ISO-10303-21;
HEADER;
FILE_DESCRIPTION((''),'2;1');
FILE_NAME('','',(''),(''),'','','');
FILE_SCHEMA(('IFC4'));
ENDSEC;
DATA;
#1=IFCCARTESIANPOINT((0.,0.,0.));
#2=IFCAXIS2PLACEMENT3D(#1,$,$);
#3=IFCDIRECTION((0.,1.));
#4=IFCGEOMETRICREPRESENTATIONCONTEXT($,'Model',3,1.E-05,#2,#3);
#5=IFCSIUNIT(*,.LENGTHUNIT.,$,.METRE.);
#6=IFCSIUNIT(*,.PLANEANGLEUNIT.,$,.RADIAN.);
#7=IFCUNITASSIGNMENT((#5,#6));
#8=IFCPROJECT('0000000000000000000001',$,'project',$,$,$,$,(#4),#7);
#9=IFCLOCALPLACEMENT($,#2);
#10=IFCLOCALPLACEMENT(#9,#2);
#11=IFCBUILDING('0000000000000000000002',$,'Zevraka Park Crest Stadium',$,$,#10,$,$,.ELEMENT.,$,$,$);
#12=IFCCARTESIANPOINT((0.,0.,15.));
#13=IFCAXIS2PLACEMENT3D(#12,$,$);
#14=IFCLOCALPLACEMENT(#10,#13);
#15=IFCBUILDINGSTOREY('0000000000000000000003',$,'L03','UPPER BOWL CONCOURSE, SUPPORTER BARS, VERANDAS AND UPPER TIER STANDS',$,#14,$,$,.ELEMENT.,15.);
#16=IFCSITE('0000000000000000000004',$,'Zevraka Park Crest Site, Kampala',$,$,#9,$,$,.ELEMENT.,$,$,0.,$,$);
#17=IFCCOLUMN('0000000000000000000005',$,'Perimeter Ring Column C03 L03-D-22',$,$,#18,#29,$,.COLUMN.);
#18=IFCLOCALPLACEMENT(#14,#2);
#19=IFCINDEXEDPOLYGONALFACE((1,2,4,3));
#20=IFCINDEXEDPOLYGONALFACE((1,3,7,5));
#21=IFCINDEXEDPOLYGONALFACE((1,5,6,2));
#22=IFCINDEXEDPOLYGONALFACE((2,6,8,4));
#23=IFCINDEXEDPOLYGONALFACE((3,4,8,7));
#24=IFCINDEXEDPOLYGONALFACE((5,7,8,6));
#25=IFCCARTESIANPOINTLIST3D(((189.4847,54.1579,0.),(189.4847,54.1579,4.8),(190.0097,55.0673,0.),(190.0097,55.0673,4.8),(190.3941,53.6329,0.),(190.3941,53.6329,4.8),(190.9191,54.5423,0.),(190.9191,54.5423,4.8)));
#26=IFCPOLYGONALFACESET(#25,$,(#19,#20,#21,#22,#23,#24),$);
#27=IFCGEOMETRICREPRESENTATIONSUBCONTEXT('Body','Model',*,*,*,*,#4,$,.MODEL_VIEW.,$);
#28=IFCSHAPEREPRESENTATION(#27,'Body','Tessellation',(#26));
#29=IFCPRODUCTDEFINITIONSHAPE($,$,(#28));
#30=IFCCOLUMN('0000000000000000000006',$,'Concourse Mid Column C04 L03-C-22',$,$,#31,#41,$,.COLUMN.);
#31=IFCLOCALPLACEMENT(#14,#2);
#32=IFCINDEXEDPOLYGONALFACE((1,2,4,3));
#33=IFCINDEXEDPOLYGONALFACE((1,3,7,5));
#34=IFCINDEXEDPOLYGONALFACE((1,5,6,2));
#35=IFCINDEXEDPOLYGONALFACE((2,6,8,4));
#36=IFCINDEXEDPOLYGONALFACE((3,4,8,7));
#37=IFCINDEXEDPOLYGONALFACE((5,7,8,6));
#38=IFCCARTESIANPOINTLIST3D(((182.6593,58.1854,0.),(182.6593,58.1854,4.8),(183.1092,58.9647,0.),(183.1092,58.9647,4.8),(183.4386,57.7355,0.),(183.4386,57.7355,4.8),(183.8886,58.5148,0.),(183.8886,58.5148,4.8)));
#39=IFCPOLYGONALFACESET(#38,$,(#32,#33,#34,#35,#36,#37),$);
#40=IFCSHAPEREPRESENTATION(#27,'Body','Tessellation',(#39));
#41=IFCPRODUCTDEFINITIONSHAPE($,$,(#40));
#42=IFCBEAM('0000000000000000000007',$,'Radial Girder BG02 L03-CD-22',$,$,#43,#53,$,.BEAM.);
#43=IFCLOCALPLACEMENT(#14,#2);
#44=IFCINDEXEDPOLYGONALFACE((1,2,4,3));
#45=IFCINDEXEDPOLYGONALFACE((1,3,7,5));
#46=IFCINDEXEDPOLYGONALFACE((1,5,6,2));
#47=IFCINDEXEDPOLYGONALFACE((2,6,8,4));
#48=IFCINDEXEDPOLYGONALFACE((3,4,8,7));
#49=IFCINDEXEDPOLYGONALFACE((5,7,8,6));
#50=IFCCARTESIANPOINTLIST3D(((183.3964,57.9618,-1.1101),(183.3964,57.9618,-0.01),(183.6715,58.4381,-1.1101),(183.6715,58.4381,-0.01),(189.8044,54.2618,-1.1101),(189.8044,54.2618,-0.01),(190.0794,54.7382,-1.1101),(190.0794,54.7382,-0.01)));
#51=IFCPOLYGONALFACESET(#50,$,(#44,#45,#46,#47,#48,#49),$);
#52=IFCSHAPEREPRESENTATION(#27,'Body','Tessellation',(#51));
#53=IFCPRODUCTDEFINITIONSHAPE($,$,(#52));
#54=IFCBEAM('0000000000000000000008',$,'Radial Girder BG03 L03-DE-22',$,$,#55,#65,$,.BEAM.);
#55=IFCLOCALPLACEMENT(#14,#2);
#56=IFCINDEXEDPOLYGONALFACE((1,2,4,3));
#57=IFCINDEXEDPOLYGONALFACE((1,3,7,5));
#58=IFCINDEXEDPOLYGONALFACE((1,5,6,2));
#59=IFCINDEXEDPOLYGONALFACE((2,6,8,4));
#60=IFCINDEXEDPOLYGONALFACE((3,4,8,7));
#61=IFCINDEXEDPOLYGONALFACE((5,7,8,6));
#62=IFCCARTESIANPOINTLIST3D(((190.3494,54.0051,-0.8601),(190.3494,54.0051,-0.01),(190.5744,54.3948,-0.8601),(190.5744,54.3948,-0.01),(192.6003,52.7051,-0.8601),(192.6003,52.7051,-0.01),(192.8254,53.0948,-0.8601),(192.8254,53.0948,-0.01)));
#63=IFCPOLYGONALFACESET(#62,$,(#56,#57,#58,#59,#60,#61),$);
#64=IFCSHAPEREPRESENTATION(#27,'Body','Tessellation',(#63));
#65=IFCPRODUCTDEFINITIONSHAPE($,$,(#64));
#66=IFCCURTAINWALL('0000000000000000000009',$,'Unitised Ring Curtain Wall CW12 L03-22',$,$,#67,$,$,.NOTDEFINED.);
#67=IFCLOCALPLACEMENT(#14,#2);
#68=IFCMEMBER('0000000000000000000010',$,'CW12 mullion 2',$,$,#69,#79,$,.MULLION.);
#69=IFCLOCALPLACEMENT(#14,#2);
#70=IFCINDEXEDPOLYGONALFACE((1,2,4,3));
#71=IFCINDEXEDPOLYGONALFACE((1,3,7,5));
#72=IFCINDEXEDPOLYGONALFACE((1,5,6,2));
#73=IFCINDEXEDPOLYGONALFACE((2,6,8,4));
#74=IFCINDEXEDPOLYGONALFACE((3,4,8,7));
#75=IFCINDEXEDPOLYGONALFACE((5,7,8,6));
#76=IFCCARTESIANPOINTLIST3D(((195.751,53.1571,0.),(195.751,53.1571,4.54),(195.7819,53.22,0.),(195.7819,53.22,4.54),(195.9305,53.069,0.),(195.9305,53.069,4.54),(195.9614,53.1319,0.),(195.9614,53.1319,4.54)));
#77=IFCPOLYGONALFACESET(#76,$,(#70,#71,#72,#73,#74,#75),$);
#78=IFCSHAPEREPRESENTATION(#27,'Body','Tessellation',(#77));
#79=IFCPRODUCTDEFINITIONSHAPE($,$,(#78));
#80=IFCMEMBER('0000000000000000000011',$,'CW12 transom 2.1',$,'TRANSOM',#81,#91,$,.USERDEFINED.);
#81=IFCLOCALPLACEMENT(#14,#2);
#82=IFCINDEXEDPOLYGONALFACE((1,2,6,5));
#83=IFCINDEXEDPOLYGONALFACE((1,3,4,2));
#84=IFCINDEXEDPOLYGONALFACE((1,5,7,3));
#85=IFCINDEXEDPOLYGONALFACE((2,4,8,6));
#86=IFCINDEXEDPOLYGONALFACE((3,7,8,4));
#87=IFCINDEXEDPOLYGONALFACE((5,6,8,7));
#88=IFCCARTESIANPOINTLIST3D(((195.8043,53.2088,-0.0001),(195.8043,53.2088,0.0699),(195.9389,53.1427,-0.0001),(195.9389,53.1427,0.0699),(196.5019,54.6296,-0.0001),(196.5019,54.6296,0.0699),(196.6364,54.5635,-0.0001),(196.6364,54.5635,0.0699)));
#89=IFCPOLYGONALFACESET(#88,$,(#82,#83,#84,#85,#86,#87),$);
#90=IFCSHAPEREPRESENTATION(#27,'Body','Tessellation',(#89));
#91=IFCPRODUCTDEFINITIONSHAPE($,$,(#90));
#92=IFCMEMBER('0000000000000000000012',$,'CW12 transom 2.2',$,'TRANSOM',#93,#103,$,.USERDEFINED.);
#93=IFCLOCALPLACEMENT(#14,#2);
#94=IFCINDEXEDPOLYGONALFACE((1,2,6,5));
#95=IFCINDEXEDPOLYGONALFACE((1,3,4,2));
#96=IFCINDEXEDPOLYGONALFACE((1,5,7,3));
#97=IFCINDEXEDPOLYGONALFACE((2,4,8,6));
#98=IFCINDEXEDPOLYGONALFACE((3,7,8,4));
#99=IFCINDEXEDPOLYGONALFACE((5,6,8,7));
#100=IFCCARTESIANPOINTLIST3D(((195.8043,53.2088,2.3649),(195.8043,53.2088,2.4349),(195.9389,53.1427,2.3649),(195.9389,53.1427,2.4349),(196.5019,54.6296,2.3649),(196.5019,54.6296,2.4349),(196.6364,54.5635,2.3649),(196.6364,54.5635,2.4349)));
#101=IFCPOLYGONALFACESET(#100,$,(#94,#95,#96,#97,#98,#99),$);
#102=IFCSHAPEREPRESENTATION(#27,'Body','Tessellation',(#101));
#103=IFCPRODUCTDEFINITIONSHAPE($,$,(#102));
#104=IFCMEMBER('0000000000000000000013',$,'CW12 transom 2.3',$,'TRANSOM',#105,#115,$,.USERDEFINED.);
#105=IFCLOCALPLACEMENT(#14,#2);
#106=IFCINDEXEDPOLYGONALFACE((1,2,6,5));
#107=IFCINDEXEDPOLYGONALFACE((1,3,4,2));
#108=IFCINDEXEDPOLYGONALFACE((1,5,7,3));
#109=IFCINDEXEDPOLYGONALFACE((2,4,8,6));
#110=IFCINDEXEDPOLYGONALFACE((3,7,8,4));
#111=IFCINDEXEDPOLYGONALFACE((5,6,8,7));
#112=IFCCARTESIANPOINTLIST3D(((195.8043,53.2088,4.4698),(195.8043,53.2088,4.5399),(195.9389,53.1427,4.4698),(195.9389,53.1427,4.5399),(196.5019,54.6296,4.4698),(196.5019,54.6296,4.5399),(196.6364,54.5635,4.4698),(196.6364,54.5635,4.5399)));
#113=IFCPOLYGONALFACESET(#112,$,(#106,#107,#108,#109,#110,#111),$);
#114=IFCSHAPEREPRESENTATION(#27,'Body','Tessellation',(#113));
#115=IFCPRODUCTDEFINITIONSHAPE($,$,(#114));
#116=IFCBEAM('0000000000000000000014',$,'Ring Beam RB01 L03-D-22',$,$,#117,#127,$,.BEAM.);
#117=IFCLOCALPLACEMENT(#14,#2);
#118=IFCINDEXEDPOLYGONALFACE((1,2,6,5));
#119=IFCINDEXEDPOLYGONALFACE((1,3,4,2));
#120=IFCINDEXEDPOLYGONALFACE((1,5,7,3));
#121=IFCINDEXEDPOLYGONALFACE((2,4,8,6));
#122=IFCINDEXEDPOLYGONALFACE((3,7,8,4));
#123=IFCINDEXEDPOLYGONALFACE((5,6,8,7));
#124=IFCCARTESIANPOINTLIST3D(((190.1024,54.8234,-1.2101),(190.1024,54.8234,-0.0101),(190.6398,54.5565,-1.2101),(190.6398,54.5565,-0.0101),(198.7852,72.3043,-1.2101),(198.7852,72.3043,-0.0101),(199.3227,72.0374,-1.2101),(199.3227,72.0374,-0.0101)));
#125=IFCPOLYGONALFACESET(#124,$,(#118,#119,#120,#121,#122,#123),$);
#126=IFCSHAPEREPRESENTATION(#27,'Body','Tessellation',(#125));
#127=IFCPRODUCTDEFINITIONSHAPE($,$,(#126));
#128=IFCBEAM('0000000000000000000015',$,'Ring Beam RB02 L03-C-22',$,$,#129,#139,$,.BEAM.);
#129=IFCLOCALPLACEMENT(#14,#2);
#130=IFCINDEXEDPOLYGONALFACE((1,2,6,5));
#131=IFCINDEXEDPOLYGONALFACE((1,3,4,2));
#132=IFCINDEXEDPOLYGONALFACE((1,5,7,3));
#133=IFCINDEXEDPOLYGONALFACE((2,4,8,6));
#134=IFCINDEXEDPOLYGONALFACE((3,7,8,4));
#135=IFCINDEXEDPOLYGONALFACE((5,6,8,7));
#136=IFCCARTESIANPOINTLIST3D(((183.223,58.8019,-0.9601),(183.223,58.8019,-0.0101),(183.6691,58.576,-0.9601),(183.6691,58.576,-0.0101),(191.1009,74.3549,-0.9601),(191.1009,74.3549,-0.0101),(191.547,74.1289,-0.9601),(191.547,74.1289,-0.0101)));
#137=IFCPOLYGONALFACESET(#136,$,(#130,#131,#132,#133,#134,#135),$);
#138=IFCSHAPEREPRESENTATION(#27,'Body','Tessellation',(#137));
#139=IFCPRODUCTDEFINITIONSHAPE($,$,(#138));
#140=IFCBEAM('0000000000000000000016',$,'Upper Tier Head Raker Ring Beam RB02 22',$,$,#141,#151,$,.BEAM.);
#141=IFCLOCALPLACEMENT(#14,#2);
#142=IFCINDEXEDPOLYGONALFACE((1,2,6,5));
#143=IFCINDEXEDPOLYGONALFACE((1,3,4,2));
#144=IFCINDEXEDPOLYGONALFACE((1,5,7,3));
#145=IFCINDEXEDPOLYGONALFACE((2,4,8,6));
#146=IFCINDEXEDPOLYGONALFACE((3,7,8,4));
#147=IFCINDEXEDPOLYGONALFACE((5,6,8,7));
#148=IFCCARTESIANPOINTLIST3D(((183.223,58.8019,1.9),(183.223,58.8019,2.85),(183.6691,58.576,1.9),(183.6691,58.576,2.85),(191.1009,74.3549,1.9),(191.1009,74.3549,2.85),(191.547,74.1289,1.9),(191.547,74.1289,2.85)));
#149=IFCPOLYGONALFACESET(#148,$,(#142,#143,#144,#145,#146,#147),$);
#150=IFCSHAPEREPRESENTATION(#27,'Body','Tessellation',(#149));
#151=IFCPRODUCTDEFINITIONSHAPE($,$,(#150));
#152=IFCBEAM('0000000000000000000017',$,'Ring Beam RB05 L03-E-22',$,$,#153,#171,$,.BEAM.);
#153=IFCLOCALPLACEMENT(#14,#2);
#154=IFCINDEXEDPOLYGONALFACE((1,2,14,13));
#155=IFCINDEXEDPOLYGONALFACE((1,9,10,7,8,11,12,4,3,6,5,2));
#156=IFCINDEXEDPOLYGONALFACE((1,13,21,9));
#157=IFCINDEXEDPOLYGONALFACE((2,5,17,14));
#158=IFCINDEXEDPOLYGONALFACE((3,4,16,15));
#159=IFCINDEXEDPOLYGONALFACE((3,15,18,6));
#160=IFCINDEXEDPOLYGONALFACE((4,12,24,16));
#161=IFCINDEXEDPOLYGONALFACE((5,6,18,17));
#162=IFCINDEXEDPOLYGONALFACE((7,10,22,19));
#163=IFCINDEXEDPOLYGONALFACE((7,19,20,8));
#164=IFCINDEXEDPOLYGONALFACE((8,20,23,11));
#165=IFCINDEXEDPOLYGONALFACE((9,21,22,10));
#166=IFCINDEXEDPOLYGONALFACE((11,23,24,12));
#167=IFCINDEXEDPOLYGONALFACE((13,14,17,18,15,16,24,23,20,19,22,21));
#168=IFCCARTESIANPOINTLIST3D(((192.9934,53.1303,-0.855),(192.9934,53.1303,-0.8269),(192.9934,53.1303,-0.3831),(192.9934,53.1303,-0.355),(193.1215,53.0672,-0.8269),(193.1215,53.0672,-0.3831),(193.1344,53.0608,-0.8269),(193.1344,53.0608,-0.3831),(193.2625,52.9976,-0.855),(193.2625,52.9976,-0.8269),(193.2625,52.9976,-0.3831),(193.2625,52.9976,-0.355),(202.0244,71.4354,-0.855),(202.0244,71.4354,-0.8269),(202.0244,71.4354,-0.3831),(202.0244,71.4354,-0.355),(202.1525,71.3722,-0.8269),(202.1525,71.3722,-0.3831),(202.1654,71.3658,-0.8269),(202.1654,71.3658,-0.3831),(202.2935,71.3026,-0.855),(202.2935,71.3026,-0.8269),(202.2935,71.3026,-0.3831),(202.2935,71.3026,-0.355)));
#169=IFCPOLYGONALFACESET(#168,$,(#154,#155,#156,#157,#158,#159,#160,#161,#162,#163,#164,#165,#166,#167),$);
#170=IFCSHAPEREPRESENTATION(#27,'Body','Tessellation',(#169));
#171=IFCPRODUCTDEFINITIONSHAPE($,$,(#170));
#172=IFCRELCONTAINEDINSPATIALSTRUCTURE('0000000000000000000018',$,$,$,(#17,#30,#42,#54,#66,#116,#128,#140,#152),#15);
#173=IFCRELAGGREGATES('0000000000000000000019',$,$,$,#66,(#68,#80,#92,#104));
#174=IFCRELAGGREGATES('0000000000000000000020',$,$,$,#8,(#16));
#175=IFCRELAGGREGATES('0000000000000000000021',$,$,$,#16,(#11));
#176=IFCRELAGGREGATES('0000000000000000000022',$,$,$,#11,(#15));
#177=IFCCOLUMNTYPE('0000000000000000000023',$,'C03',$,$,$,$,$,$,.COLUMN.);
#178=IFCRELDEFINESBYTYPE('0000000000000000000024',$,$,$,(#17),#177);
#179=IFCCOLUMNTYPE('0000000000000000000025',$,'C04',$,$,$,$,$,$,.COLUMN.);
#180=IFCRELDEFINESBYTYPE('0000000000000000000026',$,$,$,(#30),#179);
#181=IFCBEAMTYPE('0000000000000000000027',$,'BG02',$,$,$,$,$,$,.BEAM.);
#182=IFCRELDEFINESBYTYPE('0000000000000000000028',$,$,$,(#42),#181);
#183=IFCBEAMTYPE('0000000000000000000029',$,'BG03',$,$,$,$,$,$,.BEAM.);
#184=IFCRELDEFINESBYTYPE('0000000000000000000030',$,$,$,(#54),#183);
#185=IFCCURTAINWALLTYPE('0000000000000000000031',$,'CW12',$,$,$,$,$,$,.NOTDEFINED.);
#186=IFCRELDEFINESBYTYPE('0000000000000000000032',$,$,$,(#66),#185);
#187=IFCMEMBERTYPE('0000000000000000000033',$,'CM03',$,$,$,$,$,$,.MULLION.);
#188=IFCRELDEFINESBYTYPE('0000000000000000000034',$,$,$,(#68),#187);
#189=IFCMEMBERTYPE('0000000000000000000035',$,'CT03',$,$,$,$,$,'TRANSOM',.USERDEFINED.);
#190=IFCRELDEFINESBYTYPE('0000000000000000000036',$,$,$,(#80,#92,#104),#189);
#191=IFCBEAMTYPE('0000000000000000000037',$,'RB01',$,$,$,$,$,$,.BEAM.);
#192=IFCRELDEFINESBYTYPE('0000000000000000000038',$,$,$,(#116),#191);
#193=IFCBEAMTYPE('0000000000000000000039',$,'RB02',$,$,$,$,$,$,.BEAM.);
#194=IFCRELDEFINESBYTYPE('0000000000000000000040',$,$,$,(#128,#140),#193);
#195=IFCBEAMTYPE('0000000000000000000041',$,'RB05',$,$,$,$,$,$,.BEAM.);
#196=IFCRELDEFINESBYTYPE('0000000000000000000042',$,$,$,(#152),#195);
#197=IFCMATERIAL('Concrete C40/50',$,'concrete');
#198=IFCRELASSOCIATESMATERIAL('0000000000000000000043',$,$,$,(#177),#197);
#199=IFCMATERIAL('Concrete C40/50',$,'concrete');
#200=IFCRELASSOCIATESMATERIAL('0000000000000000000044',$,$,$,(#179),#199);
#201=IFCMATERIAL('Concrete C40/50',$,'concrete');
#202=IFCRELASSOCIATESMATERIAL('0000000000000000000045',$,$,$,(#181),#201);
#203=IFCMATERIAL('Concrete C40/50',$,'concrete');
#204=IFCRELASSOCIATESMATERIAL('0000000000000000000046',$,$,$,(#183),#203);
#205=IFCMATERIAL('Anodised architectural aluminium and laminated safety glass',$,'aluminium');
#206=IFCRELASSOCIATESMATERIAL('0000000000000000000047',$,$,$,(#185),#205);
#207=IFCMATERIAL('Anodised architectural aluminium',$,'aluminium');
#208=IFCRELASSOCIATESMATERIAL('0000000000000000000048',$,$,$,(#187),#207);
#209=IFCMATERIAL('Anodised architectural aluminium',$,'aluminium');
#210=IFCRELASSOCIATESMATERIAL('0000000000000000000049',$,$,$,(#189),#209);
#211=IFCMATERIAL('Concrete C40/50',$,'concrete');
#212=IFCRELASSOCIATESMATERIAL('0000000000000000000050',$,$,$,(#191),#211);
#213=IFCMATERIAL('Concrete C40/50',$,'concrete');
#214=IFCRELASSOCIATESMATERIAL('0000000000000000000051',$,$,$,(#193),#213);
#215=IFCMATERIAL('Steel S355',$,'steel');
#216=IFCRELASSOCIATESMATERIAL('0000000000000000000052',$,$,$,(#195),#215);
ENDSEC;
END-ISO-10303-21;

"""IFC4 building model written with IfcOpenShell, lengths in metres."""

from ifc_helpers import new_model, si_unit, direction, frame, origin, origin_2d, place, context, subcontext, project, spatial, rectangle, i_section, extrude, material, material_profile, profile_set, type_object, element, aggregate, save


model = new_model("IFC4")

# Units and contexts
model_context = context("Model", 3, precision=1e-05, world=origin(), true_north=direction((0.0, 1.0)))
body_context = subcontext(model_context, "Body", "Model", "MODEL_VIEW")
ifc_project = project(units=[si_unit("LENGTHUNIT", "METRE"), si_unit("PLANEANGLEUNIT", "RADIAN")], contexts=[model_context])

# Site, building, storey
site_placement = place(None, origin())
site = spatial("IfcSite", under=ifc_project, at=site_placement, Name="Zevraka Park Crest Site, Kampala", CompositionType="ELEMENT", RefElevation=0.0)
building_placement = place(site_placement, origin())
building = spatial("IfcBuilding", under=site, at=building_placement, Name="Zevraka Park Crest Stadium", CompositionType="ELEMENT")
storey_placement = place(building_placement, frame((0.0, 0.0, 15.0)))
storey = spatial("IfcBuildingStorey", under=building, at=storey_placement, Name="L03", Description="UPPER BOWL CONCOURSE, SUPPORTER BARS, VERANDAS AND UPPER TIER STANDS", CompositionType="ELEMENT", Elevation=15.0)

# Columns
ifc_material_1 = material(Name="Concrete C40/50", Category="concrete")
ifc_material_profile_1 = material_profile(ifc_material_1, rectangle(XDim=1.05, YDim=1.05, at=origin_2d()), Name="RC 1050x1050")
ifc_profile_set_1 = profile_set([ifc_material_profile_1], Name="Concrete C40/50")
column_type_1 = type_object("IfcColumnType", Name="C03", PredefinedType="COLUMN", material=ifc_profile_set_1)
column_1_placement = place(storey_placement, frame((190.2019, 54.3501, 0.0), z_axis=(0.0, 0.0, 1.0), x_axis=(-0.866025, 0.5, 0.0)))
element("IfcColumn", 1, at=column_1_placement, inside=storey, type_object=column_type_1, Name="Perimeter Ring Column C03 L03-D-22", PredefinedType="COLUMN", context=body_context, shape_type="SweptSolid", body=[
    extrude(rectangle(XDim=1.05, YDim=1.05, at=origin_2d()), origin(), (0.0, 0.0, 1.0), 4.8),
])
ifc_material_2 = material(Name="Concrete C40/50", Category="concrete")
ifc_material_profile_2 = material_profile(ifc_material_2, rectangle(XDim=0.8999, YDim=0.8999, at=origin_2d()), Name="RC 900x900")
ifc_profile_set_2 = profile_set([ifc_material_profile_2], Name="Concrete C40/50")
column_type_2 = type_object("IfcColumnType", Name="C04", PredefinedType="COLUMN", material=ifc_profile_set_2)
column_2_placement = place(storey_placement, frame((183.2739, 58.3501, 0.0), z_axis=(0.0, 0.0, 1.0), x_axis=(-0.866025, 0.5, 0.0)))
element("IfcColumn", 2, at=column_2_placement, inside=storey, type_object=column_type_2, Name="Concourse Mid Column C04 L03-C-22", PredefinedType="COLUMN", context=body_context, shape_type="SweptSolid", body=[
    extrude(rectangle(XDim=0.8999, YDim=0.8999, at=origin_2d()), origin(), (0.0, 0.0, 1.0), 4.8),
])

# Beams
ifc_material_3 = material(Name="Concrete C40/50", Category="concrete")
ifc_material_profile_3 = material_profile(ifc_material_3, rectangle(XDim=0.55, YDim=1.1001, at=origin_2d()), Name="RC 1100x550")
ifc_profile_set_3 = profile_set([ifc_material_profile_3], Name="Concrete C40/50")
beam_type_1 = type_object("IfcBeamType", Name="BG02", PredefinedType="BEAM", material=ifc_profile_set_3)
beam_1_placement = place(storey_placement, frame((183.5339, 58.2, -0.5601), z_axis=(0.866007, -0.500032, 0.0), x_axis=(0.500032, 0.866007, 0.0)))
element("IfcBeam", 3, at=beam_1_placement, inside=storey, type_object=beam_type_1, Name="Radial Girder BG02 L03-CD-22", PredefinedType="BEAM", context=body_context, shape_type="SweptSolid", body=[
    extrude(rectangle(XDim=0.55, YDim=1.1001, at=origin_2d()), origin(), (0.0, 0.0, 1.0), 7.3994),
])
ifc_material_4 = material(Name="Concrete C40/50", Category="concrete")
ifc_material_profile_4 = material_profile(ifc_material_4, rectangle(XDim=0.45, YDim=0.8501, at=origin_2d()), Name="RC 850x450")
ifc_profile_set_4 = profile_set([ifc_material_profile_4], Name="Concrete C40/50")
beam_type_2 = type_object("IfcBeamType", Name="BG03", PredefinedType="BEAM", material=ifc_profile_set_4)
beam_2_placement = place(storey_placement, frame((190.4619, 54.2, -0.4351), z_axis=(0.865951, -0.500129, 0.0), x_axis=(0.500129, 0.865951, 0.0)))
element("IfcBeam", 4, at=beam_2_placement, inside=storey, type_object=beam_type_2, Name="Radial Girder BG03 L03-DE-22", PredefinedType="BEAM", context=body_context, shape_type="SweptSolid", body=[
    extrude(rectangle(XDim=0.45, YDim=0.8501, at=origin_2d()), origin(), (0.0, 0.0, 1.0), 2.5994),
])

# Curtain wall, members
ifc_material_5 = material(Name="Anodised architectural aluminium and laminated safety glass", Category="aluminium")
curtain_wall_type = type_object("IfcCurtainWallType", Name="CW12", PredefinedType="NOTDEFINED", material=ifc_material_5)
curtain_wall_placement = place(storey_placement, origin())
curtain_wall = element("IfcCurtainWall", 5, at=curtain_wall_placement, inside=storey, type_object=curtain_wall_type, Name="Unitised Ring Curtain Wall CW12 L03-22", PredefinedType="NOTDEFINED")
ifc_material_6 = material(Name="Anodised architectural aluminium", Category="aluminium")
ifc_material_profile_5 = material_profile(ifc_material_6, rectangle(XDim=0.2, YDim=0.0701, at=origin_2d()), Name="ALU MULLION 200x70")
ifc_profile_set_5 = profile_set([ifc_material_profile_5], Name="Anodised architectural aluminium")
member_type_1 = type_object("IfcMemberType", Name="CM03", PredefinedType="MULLION", material=ifc_profile_set_5)
member_1_placement = place(storey_placement, frame((195.8562, 53.1445, 0.0), z_axis=(0.0, 0.0, 1.0), x_axis=(-0.897671, 0.440666, 0.0)))
member_1 = element("IfcMember", 6, at=member_1_placement, type_object=member_type_1, Name="CW12 mullion 2", PredefinedType="MULLION", context=body_context, shape_type="SweptSolid", body=[
    extrude(rectangle(XDim=0.2, YDim=0.0701, at=origin_2d()), origin(), (0.0, 0.0, 1.0), 4.54),
])
ifc_material_7 = material(Name="Anodised architectural aluminium", Category="aluminium")
ifc_material_profile_6 = material_profile(ifc_material_7, rectangle(XDim=0.1499, YDim=0.0701, at=origin_2d()), Name="ALU TRANSOM 150x70")
ifc_profile_set_6 = profile_set([ifc_material_profile_6], Name="Anodised architectural aluminium")
member_type_2 = type_object("IfcMemberType", Name="CT03", ElementType="TRANSOM", PredefinedType="USERDEFINED", material=ifc_profile_set_6)
member_2_placement = place(storey_placement, frame((195.8716, 53.1758, 0.0349), z_axis=(0.440723, 0.897643, 0.0), x_axis=(-0.897643, 0.440723, 0.0)))
member_2 = element("IfcMember", 7, at=member_2_placement, type_object=member_type_2, Name="CW12 transom 2.1", ObjectType="TRANSOM", PredefinedType="USERDEFINED", context=body_context, shape_type="SweptSolid", body=[
    extrude(rectangle(XDim=0.1499, YDim=0.0701, at=origin_2d()), origin(), (0.0, 0.0, 1.0), 1.5828),
])
member_3_placement = place(storey_placement, frame((195.8716, 53.1758, 2.3999), z_axis=(0.440723, 0.897643, 0.0), x_axis=(-0.897643, 0.440723, 0.0)))
member_3 = element("IfcMember", 8, at=member_3_placement, type_object=member_type_2, Name="CW12 transom 2.2", ObjectType="TRANSOM", PredefinedType="USERDEFINED", context=body_context, shape_type="SweptSolid", body=[
    extrude(rectangle(XDim=0.1499, YDim=0.0701, at=origin_2d()), origin(), (0.0, 0.0, 1.0), 1.5828),
])
member_4_placement = place(storey_placement, frame((195.8716, 53.1758, 4.5049), z_axis=(0.440723, 0.897643, 0.0), x_axis=(-0.897643, 0.440723, 0.0)))
member_4 = element("IfcMember", 9, at=member_4_placement, type_object=member_type_2, Name="CW12 transom 2.3", ObjectType="TRANSOM", PredefinedType="USERDEFINED", context=body_context, shape_type="SweptSolid", body=[
    extrude(rectangle(XDim=0.1499, YDim=0.0701, at=origin_2d()), origin(), (0.0, 0.0, 1.0), 1.5828),
])

# Beams
ifc_material_8 = material(Name="Concrete C40/50", Category="concrete")
ifc_material_profile_7 = material_profile(ifc_material_8, rectangle(XDim=0.6001, YDim=1.2, at=origin_2d()), Name="RC 1200x600")
ifc_profile_set_7 = profile_set([ifc_material_profile_7], Name="Concrete C40/50")
beam_type_3 = type_object("IfcBeamType", Name="RB01", PredefinedType="BEAM", material=ifc_profile_set_7)
beam_3_placement = place(storey_placement, frame((190.3711, 54.6899, -0.6101), z_axis=(0.444851, 0.895605, 0.0), x_axis=(-0.895605, 0.444851, 0.0)))
element("IfcBeam", 10, at=beam_3_placement, inside=storey, type_object=beam_type_3, Name="Ring Beam RB01 L03-D-22", PredefinedType="BEAM", context=body_context, shape_type="SweptSolid", body=[
    extrude(rectangle(XDim=0.6001, YDim=1.2, at=origin_2d()), origin(), (0.0, 0.0, 1.0), 19.5186),
])
ifc_material_9 = material(Name="Concrete C40/50", Category="concrete")
ifc_material_profile_8 = material_profile(ifc_material_9, rectangle(XDim=0.5, YDim=0.95, at=origin_2d()), Name="RC 950x500")
ifc_profile_set_8 = profile_set([ifc_material_profile_8], Name="Concrete C40/50")
beam_type_4 = type_object("IfcBeamType", Name="RB02", PredefinedType="BEAM", material=ifc_profile_set_8)
for number, where, z_axis, x_axis, name in (
    (11, (183.446, 58.689, -0.4851), (0.451862, 0.892088, 0.0), (-0.892088, 0.451862, 0.0), "Ring Beam RB02 L03-C-22"),
    (12, (183.446, 58.689, 2.375), (0.451862, 0.892088, 0.0), (-0.892088, 0.451862, 0.0), "Upper Tier Head Raker Ring Beam RB02 22"),
):
    element("IfcBeam", number, at=place(storey_placement, frame(where, z_axis=z_axis, x_axis=x_axis)), inside=storey, type_object=beam_type_4, Name=name, PredefinedType="BEAM", context=body_context, shape_type="SweptSolid", body=[
        extrude(rectangle(XDim=0.5, YDim=0.95, at=origin_2d()), origin(), (0.0, 0.0, 1.0), 17.4343),
    ])
ifc_material_10 = material(Name="Steel S355", Category="steel")
ifc_material_profile_9 = material_profile(ifc_material_10, i_section(OverallWidth=0.3, OverallDepth=0.5, WebThickness=0.0144, FlangeThickness=0.0281, at=origin_2d()), Name="HEB 500")
ifc_profile_set_9 = profile_set([ifc_material_profile_9], Name="Steel S355")
beam_type_5 = type_object("IfcBeamType", Name="RB05", PredefinedType="BEAM", material=ifc_profile_set_9)
beam_4_placement = place(storey_placement, frame((193.1279, 53.064, -0.605), z_axis=(0.442447, 0.896795, 0.0), x_axis=(-0.896795, 0.442447, 0.0)))
element("IfcBeam", 13, at=beam_4_placement, inside=storey, type_object=beam_type_5, Name="Ring Beam RB05 L03-E-22", PredefinedType="BEAM", context=body_context, shape_type="SweptSolid", body=[
    extrude(i_section(OverallWidth=0.3, OverallDepth=0.5, WebThickness=0.0144, FlangeThickness=0.0281, at=origin_2d()), origin(), (0.0, 0.0, 1.0), 20.4116),
])

aggregate(curtain_wall, [member_1, member_2, member_3, member_4])

save(model, "model.ifc")
